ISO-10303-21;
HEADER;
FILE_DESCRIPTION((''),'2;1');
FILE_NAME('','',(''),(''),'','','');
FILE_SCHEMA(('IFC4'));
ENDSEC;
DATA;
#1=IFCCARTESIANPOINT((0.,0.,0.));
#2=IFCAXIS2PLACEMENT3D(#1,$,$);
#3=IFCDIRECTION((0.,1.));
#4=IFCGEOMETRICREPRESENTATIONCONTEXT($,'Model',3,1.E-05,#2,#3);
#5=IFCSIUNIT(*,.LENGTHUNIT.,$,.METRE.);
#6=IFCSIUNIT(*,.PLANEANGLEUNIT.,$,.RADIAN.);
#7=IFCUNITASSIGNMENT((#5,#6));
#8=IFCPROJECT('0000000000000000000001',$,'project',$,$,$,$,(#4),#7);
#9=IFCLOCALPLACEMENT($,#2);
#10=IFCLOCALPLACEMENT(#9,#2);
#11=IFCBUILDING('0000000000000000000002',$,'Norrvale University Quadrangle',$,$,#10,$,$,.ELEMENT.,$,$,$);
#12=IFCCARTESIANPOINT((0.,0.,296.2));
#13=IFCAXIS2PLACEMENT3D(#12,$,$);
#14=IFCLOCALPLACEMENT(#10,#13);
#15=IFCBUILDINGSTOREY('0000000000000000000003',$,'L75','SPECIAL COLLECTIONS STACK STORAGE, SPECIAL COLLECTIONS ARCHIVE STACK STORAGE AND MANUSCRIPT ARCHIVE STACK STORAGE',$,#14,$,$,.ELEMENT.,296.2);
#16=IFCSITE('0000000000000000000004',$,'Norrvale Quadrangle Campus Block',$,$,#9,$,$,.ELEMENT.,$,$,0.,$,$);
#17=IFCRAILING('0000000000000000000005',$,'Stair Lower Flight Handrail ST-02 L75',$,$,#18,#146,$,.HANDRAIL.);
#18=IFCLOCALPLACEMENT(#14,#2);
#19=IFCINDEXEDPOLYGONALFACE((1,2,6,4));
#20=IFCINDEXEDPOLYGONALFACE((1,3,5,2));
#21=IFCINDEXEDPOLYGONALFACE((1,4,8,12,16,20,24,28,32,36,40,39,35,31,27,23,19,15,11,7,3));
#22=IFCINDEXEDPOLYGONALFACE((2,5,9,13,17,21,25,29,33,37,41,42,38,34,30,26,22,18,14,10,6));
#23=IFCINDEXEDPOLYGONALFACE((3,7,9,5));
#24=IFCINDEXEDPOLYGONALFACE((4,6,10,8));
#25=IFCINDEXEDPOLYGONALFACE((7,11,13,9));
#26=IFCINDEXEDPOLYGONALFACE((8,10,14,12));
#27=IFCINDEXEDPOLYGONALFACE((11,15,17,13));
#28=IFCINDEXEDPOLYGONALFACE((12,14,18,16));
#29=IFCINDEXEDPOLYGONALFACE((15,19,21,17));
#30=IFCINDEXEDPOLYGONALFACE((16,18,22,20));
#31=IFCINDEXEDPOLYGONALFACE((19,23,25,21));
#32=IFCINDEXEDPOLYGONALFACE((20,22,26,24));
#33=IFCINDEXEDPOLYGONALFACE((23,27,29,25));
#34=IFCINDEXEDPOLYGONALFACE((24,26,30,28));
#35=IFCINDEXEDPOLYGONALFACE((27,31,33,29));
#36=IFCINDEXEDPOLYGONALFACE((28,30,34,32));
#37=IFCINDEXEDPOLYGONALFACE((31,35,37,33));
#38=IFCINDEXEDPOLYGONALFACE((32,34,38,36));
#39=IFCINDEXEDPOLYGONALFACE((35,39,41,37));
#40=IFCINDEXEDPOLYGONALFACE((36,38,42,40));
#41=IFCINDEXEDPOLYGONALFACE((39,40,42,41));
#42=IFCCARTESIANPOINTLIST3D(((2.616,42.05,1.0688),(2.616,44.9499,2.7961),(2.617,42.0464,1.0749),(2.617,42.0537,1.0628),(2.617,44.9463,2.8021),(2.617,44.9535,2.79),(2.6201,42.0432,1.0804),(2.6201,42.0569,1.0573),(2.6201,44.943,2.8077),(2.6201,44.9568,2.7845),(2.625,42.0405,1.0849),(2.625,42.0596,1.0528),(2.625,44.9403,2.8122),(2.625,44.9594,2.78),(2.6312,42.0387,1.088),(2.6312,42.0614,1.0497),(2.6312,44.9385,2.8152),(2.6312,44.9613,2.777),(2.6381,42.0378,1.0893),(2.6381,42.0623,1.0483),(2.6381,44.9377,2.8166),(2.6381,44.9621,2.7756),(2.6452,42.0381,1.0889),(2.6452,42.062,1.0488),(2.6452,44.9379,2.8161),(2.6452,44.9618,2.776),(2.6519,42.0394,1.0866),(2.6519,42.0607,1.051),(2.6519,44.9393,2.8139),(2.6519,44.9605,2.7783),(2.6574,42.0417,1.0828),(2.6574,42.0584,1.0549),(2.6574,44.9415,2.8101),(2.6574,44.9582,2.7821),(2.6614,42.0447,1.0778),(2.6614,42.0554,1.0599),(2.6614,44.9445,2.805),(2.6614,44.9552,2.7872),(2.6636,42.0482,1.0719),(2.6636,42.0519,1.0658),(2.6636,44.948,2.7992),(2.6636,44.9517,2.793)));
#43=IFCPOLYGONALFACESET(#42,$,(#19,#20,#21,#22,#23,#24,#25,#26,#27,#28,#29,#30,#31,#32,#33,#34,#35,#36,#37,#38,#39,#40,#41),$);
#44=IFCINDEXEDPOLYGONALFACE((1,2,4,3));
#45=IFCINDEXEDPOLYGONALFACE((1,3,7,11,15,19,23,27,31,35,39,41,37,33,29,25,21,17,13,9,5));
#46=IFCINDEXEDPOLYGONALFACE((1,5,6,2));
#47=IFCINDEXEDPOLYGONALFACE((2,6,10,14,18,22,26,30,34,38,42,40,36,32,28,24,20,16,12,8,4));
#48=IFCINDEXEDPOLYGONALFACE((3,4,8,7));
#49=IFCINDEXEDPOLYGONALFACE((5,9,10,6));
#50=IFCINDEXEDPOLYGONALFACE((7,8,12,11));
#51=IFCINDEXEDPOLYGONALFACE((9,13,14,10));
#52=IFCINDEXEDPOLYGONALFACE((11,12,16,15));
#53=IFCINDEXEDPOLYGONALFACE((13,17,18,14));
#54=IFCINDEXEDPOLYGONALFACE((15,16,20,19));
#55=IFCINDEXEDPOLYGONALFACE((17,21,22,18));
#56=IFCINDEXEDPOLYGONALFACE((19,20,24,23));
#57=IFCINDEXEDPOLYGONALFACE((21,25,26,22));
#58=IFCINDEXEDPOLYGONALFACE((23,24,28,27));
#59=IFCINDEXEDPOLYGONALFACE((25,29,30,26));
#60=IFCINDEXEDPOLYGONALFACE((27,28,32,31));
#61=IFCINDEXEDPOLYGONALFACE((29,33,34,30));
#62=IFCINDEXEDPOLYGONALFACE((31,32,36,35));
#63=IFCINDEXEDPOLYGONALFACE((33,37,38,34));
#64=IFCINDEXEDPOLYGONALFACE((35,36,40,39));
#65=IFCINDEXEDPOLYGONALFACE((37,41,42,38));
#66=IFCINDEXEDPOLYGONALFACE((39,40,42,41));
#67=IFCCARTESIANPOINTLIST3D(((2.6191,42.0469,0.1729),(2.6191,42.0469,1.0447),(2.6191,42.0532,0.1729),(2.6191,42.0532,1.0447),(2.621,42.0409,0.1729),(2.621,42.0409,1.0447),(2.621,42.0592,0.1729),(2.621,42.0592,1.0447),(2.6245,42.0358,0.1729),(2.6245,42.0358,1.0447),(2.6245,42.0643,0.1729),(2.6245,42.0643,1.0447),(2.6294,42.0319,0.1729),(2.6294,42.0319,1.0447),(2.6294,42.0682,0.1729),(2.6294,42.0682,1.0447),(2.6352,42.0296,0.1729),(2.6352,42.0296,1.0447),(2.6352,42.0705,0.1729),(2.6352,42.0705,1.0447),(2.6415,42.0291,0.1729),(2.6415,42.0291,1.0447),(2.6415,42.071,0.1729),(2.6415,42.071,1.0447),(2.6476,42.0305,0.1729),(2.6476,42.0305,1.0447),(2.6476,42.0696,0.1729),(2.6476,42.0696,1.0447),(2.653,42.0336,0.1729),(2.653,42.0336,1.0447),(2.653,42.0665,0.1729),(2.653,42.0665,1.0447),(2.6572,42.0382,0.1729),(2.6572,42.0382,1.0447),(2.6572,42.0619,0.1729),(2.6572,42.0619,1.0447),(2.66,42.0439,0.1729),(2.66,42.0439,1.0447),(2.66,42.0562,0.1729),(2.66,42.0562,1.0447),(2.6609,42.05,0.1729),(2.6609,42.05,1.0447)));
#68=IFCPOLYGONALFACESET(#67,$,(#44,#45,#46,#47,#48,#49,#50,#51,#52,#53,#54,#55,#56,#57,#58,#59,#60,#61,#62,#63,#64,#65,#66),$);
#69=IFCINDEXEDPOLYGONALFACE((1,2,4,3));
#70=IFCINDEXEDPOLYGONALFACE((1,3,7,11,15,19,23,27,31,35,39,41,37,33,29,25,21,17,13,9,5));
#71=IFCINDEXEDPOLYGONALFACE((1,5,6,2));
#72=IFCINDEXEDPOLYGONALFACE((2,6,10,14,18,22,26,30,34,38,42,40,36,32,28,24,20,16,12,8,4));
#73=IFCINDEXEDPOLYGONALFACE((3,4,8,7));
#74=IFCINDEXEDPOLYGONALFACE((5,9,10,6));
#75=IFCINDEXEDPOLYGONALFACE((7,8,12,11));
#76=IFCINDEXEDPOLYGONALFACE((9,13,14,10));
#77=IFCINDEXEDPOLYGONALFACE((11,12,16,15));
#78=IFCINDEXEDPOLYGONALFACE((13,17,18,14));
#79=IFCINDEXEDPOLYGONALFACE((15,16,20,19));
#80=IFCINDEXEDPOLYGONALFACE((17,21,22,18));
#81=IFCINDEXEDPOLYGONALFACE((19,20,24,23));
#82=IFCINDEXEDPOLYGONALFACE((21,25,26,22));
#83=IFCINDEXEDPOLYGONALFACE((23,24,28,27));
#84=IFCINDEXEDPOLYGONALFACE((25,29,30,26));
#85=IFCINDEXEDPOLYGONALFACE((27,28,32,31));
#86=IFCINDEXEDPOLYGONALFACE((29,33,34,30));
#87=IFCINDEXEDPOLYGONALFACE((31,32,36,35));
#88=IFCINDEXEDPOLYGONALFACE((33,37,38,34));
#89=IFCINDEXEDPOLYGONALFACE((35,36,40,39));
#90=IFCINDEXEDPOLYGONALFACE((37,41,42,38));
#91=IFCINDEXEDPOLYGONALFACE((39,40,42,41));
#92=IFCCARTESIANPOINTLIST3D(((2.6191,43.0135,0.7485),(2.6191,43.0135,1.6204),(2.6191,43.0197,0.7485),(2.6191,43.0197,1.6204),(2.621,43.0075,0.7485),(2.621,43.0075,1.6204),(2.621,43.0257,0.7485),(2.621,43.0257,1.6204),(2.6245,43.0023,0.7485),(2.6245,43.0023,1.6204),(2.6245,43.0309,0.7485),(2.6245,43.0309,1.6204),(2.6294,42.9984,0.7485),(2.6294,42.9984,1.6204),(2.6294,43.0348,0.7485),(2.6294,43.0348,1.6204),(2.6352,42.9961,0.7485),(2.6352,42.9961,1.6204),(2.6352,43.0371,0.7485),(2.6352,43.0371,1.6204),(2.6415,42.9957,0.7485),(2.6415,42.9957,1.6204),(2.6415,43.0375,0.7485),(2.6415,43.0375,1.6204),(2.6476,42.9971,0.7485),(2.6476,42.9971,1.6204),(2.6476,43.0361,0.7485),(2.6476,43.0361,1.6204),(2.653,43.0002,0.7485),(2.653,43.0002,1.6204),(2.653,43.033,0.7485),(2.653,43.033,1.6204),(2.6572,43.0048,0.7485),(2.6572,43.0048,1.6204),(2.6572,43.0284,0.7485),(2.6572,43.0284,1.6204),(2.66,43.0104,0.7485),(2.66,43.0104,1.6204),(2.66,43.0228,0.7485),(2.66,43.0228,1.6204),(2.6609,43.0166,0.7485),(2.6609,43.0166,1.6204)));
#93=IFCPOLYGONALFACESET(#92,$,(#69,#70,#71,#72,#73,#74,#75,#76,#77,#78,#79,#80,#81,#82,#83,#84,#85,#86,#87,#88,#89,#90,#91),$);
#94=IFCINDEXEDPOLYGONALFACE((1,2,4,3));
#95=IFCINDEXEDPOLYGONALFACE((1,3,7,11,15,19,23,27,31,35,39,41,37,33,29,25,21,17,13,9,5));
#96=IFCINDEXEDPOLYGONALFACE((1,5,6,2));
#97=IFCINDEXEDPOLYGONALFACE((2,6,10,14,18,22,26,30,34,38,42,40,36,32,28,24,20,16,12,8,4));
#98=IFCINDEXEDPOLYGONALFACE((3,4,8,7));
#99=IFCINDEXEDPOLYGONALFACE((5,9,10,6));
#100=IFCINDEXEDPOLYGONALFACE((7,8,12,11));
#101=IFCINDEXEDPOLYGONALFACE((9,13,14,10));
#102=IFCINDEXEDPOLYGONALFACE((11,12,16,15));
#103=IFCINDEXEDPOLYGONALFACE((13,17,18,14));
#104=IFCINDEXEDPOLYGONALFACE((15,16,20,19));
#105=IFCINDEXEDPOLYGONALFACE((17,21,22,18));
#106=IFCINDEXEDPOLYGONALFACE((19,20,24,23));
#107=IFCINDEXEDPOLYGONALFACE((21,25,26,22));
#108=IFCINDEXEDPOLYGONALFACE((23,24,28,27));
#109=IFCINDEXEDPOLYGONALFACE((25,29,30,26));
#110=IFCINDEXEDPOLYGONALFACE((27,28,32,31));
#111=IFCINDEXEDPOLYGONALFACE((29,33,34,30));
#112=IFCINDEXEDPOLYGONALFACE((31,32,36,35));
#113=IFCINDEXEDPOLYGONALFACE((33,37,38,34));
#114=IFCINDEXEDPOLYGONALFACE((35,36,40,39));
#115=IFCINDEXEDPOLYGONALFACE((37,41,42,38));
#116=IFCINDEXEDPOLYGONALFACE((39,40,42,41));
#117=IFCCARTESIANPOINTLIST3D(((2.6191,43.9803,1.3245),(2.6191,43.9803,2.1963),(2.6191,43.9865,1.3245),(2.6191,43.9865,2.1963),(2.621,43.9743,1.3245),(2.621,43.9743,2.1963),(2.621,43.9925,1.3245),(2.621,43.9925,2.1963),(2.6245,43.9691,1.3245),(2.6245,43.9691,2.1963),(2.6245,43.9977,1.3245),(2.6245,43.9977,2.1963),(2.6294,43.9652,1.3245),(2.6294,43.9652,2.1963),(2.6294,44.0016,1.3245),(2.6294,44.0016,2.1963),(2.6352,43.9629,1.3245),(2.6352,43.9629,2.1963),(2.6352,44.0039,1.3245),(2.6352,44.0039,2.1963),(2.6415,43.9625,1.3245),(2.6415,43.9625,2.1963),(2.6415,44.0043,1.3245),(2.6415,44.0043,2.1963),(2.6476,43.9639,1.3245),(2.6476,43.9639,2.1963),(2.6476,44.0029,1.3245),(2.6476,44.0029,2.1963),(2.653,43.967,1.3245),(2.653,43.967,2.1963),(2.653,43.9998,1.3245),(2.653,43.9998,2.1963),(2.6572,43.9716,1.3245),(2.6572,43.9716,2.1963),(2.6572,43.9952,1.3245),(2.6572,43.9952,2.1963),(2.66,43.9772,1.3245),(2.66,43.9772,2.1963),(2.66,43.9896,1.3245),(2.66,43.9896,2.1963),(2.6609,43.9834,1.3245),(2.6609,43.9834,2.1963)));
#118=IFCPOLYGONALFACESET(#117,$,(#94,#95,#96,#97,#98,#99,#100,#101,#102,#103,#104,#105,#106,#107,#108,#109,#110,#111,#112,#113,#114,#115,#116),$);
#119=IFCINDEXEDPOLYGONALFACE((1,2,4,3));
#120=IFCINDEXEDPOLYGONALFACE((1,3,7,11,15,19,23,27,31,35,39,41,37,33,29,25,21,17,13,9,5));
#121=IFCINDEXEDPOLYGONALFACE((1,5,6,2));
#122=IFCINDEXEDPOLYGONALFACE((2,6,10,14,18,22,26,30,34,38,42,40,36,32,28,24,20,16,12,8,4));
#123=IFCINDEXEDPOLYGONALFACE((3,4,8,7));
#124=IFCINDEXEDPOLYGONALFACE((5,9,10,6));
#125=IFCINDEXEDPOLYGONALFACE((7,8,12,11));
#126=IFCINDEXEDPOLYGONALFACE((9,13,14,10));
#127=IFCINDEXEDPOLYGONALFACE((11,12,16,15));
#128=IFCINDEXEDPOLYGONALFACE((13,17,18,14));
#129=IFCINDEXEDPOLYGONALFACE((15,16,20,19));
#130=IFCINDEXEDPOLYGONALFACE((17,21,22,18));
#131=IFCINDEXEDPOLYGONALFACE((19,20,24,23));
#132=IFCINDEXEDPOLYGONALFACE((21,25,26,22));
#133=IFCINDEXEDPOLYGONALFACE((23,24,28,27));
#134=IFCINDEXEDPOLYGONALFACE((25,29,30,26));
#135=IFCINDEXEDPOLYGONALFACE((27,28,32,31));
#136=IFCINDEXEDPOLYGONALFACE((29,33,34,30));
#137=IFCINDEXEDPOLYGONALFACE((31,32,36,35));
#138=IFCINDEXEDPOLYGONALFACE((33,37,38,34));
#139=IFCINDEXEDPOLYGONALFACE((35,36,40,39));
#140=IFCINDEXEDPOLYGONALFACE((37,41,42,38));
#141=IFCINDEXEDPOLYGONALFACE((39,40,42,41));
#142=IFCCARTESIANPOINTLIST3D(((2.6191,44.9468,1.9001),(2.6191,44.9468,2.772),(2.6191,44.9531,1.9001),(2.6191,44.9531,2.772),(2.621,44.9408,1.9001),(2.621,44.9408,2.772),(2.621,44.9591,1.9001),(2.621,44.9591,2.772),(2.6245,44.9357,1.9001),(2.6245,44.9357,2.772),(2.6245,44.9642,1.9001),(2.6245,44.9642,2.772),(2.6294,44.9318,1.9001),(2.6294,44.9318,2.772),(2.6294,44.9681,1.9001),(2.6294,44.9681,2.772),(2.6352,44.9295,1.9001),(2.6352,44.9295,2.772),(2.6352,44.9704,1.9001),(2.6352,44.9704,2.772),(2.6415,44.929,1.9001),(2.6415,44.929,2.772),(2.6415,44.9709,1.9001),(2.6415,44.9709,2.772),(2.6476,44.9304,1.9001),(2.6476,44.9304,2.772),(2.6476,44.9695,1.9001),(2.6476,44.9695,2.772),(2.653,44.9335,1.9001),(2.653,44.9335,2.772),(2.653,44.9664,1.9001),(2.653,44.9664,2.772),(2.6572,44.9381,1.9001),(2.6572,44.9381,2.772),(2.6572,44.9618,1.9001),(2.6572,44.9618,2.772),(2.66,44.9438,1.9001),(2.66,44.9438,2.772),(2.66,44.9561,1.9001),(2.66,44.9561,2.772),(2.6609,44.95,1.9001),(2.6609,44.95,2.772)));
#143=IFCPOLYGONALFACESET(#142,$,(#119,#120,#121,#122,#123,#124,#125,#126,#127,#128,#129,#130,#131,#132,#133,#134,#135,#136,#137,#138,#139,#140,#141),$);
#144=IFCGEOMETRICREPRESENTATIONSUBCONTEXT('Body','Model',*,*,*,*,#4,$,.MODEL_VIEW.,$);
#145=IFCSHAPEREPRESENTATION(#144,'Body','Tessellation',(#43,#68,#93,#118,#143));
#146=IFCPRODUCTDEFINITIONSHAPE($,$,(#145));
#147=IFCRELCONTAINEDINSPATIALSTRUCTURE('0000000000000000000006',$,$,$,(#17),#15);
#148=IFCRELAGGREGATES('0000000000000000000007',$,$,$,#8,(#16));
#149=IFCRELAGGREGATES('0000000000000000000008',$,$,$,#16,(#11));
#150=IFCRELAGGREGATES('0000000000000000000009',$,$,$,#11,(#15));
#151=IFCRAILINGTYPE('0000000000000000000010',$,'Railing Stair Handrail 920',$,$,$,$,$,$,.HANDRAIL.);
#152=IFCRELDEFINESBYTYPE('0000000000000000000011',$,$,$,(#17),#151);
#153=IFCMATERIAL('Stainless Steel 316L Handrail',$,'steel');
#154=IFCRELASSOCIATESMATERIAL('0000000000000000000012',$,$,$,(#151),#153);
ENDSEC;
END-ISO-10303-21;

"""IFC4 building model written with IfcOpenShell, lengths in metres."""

from ifc_helpers import new_model, si_unit, direction, frame, origin, origin_2d, place, context, subcontext, project, spatial, circle, extrude, material, type_object, element, save


model = new_model("IFC4")

# Units and contexts
model_context = context("Model", 3, precision=1e-05, world=origin(), true_north=direction((0.0, 1.0)))
body_context = subcontext(model_context, "Body", "Model", "MODEL_VIEW")
ifc_project = project(units=[si_unit("LENGTHUNIT", "METRE"), si_unit("PLANEANGLEUNIT", "RADIAN")], contexts=[model_context])

# Site, building, storey
site_placement = place(None, origin())
site = spatial("IfcSite", under=ifc_project, at=site_placement, Name="Norrvale Quadrangle Campus Block", CompositionType="ELEMENT", RefElevation=0.0)
building_placement = place(site_placement, origin())
building = spatial("IfcBuilding", under=site, at=building_placement, Name="Norrvale University Quadrangle", CompositionType="ELEMENT")
storey_placement = place(building_placement, frame((0.0, 0.0, 296.2)))
storey = spatial("IfcBuildingStorey", under=building, at=storey_placement, Name="L75", Description="SPECIAL COLLECTIONS STACK STORAGE, SPECIAL COLLECTIONS ARCHIVE STACK STORAGE AND MANUSCRIPT ARCHIVE STACK STORAGE", CompositionType="ELEMENT", Elevation=296.2)

# Railing
ifc_material_1 = material(Name="Stainless Steel 316L Handrail", Category="steel")
railing_type_1 = type_object("IfcRailingType", Name="Railing Stair Handrail 920", PredefinedType="HANDRAIL", material=ifc_material_1)
railing_1_placement = place(storey_placement, frame((2.6399, 42.05, 0.1729)))
element("IfcRailing", 1, at=railing_1_placement, inside=storey, type_object=railing_type_1, Name="Stair Lower Flight Handrail ST-02 L75", PredefinedType="HANDRAIL", context=body_context, shape_type="SweptSolid", body=[
    extrude(circle(Radius=0.0239, at=origin_2d()), frame((0.0, 0.0, 0.896), z_axis=(0.0, 0.859141, 0.511738), x_axis=(-1.0, 0.0, 0.0)), (0.0, 0.0, 1.0), 3.3752),
    extrude(circle(Radius=0.021, at=origin_2d()), origin(), (0.0, 0.0, 1.0), 0.8718),
    extrude(circle(Radius=0.021, at=origin_2d()), frame((0.0, 0.9666, 0.5757)), (0.0, 0.0, 1.0), 0.8718),
    extrude(circle(Radius=0.021, at=origin_2d()), frame((0.0, 1.9333, 1.1516)), (0.0, 0.0, 1.0), 0.8718),
    extrude(circle(Radius=0.021, at=origin_2d()), frame((0.0, 2.8999, 1.7273)), (0.0, 0.0, 1.0), 0.8718),
])

save(model, "model.ifc")
